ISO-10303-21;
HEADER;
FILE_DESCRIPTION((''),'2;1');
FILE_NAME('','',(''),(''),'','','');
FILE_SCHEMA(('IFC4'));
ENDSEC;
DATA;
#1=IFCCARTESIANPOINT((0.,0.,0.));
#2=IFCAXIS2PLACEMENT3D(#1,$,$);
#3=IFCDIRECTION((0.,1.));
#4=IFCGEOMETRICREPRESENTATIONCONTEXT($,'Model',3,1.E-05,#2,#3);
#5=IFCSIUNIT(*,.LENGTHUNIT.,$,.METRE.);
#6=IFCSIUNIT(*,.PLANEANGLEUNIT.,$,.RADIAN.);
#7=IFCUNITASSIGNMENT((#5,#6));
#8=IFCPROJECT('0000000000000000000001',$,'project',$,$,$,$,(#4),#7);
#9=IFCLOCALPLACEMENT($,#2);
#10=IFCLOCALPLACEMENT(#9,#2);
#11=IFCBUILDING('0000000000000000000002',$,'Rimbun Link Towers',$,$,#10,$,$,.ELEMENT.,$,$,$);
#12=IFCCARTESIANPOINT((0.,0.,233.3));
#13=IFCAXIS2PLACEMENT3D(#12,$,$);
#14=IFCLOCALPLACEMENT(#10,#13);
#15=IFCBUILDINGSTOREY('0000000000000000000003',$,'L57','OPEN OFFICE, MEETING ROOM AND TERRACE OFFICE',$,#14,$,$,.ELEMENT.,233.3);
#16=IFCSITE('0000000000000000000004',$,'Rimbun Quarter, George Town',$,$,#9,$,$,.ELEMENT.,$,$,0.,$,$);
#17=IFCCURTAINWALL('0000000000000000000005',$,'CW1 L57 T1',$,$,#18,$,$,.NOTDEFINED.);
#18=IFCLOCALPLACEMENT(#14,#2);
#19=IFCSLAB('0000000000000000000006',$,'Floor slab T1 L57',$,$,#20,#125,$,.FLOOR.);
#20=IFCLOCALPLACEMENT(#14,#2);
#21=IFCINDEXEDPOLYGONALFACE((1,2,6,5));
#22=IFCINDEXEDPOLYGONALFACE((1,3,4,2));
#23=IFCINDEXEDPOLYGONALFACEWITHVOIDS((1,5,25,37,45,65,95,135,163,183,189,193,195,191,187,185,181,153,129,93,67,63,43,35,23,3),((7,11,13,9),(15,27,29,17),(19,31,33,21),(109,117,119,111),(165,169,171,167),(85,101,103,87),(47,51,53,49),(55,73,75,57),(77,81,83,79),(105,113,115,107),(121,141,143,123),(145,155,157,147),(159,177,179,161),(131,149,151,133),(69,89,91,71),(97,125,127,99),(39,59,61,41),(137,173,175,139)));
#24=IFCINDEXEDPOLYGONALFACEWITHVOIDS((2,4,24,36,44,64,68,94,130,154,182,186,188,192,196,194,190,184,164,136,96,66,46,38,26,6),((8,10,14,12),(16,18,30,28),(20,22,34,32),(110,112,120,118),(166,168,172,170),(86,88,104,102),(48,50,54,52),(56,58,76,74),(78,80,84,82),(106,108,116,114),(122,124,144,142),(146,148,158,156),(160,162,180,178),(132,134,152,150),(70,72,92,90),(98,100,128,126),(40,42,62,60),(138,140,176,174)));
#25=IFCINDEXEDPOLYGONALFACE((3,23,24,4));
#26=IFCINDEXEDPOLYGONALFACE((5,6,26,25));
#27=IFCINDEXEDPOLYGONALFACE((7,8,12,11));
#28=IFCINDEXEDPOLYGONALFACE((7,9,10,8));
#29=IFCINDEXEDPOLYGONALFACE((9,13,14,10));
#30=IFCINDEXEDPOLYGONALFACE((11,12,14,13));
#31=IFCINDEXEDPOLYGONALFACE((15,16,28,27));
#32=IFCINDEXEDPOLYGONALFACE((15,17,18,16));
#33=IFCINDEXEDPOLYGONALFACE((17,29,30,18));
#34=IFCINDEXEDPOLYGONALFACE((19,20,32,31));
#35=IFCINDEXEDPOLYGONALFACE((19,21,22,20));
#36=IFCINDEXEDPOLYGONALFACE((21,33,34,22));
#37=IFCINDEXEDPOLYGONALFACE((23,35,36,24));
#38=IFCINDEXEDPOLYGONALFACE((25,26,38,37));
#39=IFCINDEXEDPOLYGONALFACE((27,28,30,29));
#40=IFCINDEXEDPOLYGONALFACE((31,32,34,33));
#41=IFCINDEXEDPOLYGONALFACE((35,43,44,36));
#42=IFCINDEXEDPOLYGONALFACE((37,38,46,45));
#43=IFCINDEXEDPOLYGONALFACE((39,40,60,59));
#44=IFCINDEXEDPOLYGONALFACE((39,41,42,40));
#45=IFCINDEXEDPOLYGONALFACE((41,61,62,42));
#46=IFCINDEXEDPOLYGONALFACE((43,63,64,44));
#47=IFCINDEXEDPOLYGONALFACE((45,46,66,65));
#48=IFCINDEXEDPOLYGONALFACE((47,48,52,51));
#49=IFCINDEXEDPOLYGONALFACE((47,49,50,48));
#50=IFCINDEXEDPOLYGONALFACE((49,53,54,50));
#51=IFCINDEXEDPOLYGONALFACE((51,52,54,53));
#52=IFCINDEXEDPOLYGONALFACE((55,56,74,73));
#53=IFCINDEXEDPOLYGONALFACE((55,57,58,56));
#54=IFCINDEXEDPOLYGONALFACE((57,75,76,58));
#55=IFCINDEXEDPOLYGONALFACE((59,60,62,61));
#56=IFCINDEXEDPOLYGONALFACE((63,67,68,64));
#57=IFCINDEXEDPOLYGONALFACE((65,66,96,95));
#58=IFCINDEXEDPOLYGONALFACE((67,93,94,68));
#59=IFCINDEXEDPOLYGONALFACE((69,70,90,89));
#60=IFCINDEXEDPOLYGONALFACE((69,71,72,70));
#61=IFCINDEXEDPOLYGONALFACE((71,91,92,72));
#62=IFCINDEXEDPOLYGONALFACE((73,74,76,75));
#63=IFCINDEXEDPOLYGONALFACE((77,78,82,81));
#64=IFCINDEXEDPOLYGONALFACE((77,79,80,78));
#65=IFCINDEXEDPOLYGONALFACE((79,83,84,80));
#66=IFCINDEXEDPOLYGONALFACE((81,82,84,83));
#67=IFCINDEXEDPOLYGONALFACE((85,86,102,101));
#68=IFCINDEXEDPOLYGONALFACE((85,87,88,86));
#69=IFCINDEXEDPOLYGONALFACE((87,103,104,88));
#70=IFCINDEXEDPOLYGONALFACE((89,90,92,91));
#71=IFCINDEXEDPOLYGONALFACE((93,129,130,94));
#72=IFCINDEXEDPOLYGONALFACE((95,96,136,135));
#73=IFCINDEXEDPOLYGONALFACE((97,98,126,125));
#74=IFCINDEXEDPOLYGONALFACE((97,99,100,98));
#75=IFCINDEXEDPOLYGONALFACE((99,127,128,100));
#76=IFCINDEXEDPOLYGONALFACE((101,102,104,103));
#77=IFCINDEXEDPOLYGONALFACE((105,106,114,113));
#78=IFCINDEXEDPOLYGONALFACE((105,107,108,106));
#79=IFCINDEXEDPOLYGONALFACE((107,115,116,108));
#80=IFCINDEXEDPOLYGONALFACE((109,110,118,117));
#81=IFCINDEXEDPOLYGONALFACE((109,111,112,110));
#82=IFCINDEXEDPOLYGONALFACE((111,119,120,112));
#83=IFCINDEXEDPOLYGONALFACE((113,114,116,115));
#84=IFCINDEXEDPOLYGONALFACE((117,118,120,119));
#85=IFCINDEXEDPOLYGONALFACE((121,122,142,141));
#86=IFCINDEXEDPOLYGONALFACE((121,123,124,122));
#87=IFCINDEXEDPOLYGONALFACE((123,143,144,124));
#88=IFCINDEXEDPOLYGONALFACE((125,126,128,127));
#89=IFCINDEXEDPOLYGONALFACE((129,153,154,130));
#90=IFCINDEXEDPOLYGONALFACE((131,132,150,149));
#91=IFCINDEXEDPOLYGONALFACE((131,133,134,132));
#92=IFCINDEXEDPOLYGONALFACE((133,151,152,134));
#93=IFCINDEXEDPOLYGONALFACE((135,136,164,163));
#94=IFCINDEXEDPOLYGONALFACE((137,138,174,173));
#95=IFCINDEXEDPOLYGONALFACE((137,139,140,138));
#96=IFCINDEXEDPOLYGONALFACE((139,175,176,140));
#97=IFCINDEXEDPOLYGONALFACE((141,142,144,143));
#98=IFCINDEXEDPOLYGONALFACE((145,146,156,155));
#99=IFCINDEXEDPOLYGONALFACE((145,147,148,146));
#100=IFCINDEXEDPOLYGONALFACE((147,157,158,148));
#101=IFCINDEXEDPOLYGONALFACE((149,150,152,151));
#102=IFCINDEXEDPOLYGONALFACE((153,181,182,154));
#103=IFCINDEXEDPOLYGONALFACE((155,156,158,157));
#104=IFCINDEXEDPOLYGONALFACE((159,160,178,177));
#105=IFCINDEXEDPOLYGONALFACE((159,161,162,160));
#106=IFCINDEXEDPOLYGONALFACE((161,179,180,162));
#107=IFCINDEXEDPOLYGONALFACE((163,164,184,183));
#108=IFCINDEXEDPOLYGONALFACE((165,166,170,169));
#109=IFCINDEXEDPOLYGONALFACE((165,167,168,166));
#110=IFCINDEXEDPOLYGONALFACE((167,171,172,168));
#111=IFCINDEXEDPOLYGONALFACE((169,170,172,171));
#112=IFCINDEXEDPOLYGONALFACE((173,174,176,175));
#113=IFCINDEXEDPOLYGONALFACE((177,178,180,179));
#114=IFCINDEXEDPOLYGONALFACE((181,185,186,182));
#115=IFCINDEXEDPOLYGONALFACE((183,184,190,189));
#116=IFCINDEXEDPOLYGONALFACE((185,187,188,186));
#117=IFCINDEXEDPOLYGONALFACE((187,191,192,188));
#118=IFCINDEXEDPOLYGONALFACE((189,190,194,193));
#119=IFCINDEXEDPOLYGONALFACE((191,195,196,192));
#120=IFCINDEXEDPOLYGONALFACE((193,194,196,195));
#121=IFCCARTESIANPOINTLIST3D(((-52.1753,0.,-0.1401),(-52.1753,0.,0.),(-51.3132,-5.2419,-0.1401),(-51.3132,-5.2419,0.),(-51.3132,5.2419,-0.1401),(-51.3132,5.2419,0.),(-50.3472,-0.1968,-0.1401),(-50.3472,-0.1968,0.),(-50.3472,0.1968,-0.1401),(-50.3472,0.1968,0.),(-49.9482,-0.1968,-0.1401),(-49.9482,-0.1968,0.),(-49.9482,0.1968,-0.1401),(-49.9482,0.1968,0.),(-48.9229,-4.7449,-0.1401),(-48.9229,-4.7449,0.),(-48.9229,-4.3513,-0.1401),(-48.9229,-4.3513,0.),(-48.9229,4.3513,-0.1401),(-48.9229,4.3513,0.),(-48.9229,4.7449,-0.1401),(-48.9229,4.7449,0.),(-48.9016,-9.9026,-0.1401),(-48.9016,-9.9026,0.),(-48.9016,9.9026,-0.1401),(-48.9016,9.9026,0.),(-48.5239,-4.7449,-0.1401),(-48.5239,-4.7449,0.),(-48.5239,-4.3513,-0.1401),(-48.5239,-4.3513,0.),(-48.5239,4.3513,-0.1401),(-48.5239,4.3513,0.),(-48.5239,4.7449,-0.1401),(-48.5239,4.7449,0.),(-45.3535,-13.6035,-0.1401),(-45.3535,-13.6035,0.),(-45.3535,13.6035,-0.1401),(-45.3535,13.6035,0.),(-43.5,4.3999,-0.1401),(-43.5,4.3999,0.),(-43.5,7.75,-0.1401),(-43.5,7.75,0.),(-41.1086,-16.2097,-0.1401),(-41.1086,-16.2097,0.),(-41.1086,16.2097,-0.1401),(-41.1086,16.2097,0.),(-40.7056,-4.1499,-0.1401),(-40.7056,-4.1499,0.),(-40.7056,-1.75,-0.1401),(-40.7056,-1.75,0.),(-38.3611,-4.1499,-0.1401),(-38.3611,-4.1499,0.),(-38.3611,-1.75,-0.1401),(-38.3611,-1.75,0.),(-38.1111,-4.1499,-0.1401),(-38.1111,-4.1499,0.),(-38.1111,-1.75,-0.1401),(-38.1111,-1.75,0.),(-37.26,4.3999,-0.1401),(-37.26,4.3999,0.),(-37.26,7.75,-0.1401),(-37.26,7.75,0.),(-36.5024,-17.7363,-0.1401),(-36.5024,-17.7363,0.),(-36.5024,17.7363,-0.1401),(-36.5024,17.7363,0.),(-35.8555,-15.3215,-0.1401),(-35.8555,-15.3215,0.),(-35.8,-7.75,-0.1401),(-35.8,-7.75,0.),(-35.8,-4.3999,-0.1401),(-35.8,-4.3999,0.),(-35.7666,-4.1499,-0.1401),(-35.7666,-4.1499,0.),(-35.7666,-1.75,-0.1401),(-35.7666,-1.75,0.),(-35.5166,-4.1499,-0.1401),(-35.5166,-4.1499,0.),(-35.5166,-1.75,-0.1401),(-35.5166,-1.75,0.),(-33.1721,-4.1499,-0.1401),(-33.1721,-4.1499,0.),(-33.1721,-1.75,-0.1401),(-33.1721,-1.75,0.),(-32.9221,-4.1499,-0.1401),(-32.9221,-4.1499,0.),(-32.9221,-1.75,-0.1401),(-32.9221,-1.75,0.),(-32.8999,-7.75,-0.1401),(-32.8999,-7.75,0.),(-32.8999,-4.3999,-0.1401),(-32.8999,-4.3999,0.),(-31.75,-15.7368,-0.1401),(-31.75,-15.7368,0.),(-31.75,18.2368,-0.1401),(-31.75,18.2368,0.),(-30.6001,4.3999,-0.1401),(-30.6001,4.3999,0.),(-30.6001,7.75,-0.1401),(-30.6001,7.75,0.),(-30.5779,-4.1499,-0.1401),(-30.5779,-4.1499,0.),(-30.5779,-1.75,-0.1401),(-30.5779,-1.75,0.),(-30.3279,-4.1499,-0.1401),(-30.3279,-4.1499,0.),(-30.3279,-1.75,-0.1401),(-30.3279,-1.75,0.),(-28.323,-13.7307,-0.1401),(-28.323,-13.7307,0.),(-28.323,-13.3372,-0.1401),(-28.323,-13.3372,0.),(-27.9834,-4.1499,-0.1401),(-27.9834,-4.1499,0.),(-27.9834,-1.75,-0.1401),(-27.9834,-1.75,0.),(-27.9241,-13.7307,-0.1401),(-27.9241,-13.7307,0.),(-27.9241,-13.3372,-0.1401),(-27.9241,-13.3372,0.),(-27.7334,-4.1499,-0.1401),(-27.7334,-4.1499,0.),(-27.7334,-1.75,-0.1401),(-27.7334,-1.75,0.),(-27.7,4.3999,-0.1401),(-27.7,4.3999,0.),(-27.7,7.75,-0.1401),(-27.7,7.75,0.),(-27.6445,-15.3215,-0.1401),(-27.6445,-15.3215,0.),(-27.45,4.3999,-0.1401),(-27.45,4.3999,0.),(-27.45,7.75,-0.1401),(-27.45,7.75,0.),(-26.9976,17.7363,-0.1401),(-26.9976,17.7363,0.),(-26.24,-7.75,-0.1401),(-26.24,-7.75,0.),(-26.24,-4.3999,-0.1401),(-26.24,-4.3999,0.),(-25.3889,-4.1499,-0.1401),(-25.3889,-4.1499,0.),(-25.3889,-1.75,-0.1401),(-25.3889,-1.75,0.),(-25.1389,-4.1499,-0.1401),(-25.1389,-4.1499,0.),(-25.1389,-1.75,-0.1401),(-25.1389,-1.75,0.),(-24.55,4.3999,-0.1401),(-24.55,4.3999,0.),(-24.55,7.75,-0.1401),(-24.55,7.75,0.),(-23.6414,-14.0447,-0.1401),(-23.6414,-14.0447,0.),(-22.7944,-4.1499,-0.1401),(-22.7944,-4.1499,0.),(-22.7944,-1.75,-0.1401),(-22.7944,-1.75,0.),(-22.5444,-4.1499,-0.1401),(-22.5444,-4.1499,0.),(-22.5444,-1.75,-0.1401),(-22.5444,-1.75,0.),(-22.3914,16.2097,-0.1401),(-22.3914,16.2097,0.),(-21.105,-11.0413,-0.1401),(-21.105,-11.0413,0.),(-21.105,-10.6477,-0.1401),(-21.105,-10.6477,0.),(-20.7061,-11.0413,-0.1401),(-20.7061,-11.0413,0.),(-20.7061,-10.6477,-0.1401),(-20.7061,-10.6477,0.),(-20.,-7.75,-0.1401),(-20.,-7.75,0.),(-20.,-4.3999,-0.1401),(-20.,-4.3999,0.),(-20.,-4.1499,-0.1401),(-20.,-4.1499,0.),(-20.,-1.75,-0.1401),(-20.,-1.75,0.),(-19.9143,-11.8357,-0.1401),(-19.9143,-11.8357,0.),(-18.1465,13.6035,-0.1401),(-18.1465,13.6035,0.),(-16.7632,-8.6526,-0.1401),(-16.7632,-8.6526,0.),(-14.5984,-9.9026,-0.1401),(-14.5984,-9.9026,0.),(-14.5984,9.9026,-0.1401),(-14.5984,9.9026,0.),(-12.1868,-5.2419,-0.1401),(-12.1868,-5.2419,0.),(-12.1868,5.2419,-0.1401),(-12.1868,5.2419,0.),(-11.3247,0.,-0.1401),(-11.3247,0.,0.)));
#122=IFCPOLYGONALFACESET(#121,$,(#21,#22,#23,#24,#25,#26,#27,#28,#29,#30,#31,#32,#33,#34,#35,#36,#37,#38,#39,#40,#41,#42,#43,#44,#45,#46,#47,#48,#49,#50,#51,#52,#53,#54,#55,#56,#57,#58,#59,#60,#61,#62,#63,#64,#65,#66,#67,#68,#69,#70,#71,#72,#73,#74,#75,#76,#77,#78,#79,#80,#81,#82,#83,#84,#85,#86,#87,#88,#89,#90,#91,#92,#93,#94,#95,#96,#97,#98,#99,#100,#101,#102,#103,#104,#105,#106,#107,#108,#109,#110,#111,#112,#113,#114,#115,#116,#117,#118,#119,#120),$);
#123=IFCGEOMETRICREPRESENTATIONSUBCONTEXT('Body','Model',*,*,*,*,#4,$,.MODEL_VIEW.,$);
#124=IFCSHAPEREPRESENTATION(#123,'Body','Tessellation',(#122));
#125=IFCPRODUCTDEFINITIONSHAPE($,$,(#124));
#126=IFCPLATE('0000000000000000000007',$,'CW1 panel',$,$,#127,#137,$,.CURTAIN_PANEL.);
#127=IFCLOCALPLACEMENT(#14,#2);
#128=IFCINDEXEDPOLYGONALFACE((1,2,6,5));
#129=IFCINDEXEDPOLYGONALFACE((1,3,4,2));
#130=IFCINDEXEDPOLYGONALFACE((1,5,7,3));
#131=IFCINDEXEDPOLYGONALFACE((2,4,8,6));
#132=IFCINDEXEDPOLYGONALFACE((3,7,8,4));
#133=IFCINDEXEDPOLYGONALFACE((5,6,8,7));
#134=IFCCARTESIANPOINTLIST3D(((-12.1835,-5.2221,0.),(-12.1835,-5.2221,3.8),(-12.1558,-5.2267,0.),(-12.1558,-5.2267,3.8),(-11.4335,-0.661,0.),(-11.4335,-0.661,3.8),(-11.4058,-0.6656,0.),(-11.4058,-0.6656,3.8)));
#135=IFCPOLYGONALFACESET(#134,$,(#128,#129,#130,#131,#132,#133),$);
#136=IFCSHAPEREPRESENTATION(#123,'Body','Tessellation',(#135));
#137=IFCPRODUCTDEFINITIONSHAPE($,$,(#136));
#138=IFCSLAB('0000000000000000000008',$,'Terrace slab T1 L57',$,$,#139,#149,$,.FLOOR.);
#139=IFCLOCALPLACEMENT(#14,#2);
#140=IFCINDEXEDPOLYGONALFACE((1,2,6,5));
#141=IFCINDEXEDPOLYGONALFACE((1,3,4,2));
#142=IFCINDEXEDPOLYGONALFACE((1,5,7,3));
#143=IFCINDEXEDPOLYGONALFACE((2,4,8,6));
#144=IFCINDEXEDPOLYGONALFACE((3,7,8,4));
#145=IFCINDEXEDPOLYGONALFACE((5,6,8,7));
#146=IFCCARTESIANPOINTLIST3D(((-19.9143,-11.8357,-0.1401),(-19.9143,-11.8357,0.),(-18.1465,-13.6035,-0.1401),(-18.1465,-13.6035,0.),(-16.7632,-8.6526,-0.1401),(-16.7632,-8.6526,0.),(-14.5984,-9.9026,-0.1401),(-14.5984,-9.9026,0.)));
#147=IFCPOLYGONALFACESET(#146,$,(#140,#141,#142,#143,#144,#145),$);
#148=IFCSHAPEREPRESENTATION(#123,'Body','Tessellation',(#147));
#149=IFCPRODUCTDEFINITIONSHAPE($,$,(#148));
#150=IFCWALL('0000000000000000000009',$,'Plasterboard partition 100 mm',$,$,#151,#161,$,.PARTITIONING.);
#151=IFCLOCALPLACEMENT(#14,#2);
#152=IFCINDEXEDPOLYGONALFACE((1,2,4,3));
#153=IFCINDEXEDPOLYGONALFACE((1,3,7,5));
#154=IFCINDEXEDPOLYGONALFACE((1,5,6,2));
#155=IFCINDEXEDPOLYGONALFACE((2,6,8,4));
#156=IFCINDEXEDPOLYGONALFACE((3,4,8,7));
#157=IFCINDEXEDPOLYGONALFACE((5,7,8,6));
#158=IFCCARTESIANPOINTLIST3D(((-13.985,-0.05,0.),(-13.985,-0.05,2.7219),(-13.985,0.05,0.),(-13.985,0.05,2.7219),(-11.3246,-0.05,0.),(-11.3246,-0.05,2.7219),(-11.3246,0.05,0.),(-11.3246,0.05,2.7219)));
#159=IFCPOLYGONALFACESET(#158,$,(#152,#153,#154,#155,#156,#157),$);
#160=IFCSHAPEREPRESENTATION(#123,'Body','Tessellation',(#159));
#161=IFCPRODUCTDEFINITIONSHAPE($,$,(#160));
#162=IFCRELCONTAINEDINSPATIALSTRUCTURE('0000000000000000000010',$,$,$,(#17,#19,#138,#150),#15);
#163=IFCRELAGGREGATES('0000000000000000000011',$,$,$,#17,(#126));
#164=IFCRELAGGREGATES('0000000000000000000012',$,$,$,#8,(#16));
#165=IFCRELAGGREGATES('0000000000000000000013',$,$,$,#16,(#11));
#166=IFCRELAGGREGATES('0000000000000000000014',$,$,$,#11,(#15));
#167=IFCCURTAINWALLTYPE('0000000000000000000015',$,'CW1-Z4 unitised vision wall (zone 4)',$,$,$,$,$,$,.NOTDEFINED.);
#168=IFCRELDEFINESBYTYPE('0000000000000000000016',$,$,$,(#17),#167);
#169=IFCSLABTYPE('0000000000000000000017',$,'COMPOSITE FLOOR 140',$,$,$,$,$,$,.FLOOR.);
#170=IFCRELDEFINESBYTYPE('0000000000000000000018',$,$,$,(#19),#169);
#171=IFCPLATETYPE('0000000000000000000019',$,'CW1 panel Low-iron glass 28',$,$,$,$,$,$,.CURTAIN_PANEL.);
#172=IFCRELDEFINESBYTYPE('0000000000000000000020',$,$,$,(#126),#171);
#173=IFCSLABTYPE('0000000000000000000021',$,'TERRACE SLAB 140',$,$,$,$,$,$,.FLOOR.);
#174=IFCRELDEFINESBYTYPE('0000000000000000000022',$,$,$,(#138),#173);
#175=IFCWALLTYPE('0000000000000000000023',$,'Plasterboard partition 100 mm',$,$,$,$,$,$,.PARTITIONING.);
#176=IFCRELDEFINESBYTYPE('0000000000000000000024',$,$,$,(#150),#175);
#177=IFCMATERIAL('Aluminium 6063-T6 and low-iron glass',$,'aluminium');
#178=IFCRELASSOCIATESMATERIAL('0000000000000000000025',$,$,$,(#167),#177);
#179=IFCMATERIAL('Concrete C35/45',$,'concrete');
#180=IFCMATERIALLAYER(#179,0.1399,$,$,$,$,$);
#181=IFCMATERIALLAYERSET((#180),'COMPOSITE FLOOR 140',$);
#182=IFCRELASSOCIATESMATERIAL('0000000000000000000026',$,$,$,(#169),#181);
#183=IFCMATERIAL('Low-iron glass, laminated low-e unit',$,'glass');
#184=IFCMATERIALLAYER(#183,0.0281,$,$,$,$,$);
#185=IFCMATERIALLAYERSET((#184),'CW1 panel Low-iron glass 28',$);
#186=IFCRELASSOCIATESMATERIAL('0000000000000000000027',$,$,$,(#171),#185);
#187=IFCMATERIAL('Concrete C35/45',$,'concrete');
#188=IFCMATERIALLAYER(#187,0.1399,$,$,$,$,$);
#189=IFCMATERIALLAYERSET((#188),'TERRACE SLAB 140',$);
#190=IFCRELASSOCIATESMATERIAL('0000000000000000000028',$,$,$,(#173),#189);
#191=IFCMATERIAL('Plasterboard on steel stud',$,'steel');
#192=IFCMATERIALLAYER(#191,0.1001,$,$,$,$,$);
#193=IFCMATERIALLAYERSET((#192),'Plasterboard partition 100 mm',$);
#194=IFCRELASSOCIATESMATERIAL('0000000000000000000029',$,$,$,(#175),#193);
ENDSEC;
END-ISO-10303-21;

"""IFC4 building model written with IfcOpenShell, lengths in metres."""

from ifc_helpers import new_model, si_unit, direction, frame, frame_2d, origin, origin_2d, place, context, subcontext, project, spatial, polyline, rectangle, outline, extrude, material, layer, layer_set, type_object, element, aggregate, save


model = new_model("IFC4")

# Units and contexts
model_context = context("Model", 3, precision=1e-05, world=origin(), true_north=direction((0.0, 1.0)))
body_context = subcontext(model_context, "Body", "Model", "MODEL_VIEW")
ifc_project = project(units=[si_unit("LENGTHUNIT", "METRE"), si_unit("PLANEANGLEUNIT", "RADIAN")], contexts=[model_context])

# Site, building, storey
site_placement = place(None, origin())
site = spatial("IfcSite", under=ifc_project, at=site_placement, Name="Rimbun Quarter, George Town", CompositionType="ELEMENT", RefElevation=0.0)
building_placement = place(site_placement, origin())
building = spatial("IfcBuilding", under=site, at=building_placement, Name="Rimbun Link Towers", CompositionType="ELEMENT")
storey_placement = place(building_placement, frame((0.0, 0.0, 233.3)))
storey = spatial("IfcBuildingStorey", under=building, at=storey_placement, Name="L57", Description="OPEN OFFICE, MEETING ROOM AND TERRACE OFFICE", CompositionType="ELEMENT", Elevation=233.3)

# Curtain wall
ifc_material_1 = material(Name="Aluminium 6063-T6 and low-iron glass", Category="aluminium")
curtain_wall_type = type_object("IfcCurtainWallType", Name="CW1-Z4 unitised vision wall (zone 4)", PredefinedType="NOTDEFINED", material=ifc_material_1)
curtain_wall_placement = place(storey_placement, origin())
curtain_wall = element("IfcCurtainWall", 1, at=curtain_wall_placement, inside=storey, type_object=curtain_wall_type, Name="CW1 L57 T1", PredefinedType="NOTDEFINED")

# Slab
ifc_material_2 = material(Name="Concrete C35/45", Category="concrete")
ifc_layer_1 = layer(ifc_material_2, 0.1399)
ifc_layer_set_1 = layer_set([ifc_layer_1], Name="COMPOSITE FLOOR 140")
slab_type_1 = type_object("IfcSlabType", Name="COMPOSITE FLOOR 140", PredefinedType="FLOOR", material=ifc_layer_set_1)
slab_1_placement = place(storey_placement, frame((0.0, 0.0, -0.1401)))
element("IfcSlab", 2, at=slab_1_placement, inside=storey, type_object=slab_type_1, Name="Floor slab T1 L57", PredefinedType="FLOOR", context=body_context, shape_type="SweptSolid", body=[
    extrude(outline(polyline([(-41.1086, -16.2097), (-45.3535, -13.6035), (-48.9016, -9.9026), (-51.3132, -5.2419), (-52.1753, 0.0), (-51.3132, 5.2419), (-48.9016, 9.9026), (-45.3535, 13.6035), (-41.1086, 16.2097), (-36.5024, 17.7363), (-31.75, 18.2368), (-26.9976, 17.7363), (-22.3914, 16.2097), (-18.1465, 13.6035), (-14.5984, 9.9026), (-12.1868, 5.2419), (-11.3247, 0.0), (-12.1868, -5.2419), (-14.5984, -9.9026), (-16.7632, -8.6526), (-19.9143, -11.8357), (-23.6414, -14.0447), (-27.6445, -15.3215), (-31.75, -15.7368), (-35.8555, -15.3215), (-36.5024, -17.7363), (-41.1086, -16.2097)]), holes=[polyline([(-32.8999, -7.75), (-32.8999, -4.3999), (-35.8, -4.3999), (-35.8, -7.75), (-32.8999, -7.75)]), polyline([(-48.5239, -4.7449), (-48.5239, -4.3513), (-48.9229, -4.3513), (-48.9229, -4.7449), (-48.5239, -4.7449)]), polyline([(-38.3611, -4.1499), (-38.3611, -1.75), (-40.7056, -1.75), (-40.7056, -4.1499), (-38.3611, -4.1499)]), polyline([(-35.7666, -4.1499), (-35.7666, -1.75), (-38.1111, -1.75), (-38.1111, -4.1499), (-35.7666, -4.1499)]), polyline([(-33.1721, -4.1499), (-33.1721, -1.75), (-35.5166, -1.75), (-35.5166, -4.1499), (-33.1721, -4.1499)]), polyline([(-30.5779, -4.1499), (-30.5779, -1.75), (-32.9221, -1.75), (-32.9221, -4.1499), (-30.5779, -4.1499)]), polyline([(-49.9482, -0.1968), (-49.9482, 0.1968), (-50.3472, 0.1968), (-50.3472, -0.1968), (-49.9482, -0.1968)]), polyline([(-48.9229, 4.3513), (-48.5239, 4.3513), (-48.5239, 4.7449), (-48.9229, 4.7449), (-48.9229, 4.3513)]), polyline([(-43.5, 4.3999), (-37.26, 4.3999), (-37.26, 7.75), (-43.5, 7.75), (-43.5, 4.3999)]), polyline([(-27.9241, -13.7307), (-27.9241, -13.3372), (-28.323, -13.3372), (-28.323, -13.7307), (-27.9241, -13.7307)]), polyline([(-20.7061, -11.0413), (-20.7061, -10.6477), (-21.105, -10.6477), (-21.105, -11.0413), (-20.7061, -11.0413)]), polyline([(-20.0, -7.75), (-20.0, -4.3999), (-26.24, -4.3999), (-26.24, -7.75), (-20.0, -7.75)]), polyline([(-27.9834, -4.1499), (-27.9834, -1.75), (-30.3279, -1.75), (-30.3279, -4.1499), (-27.9834, -4.1499)]), polyline([(-25.3889, -4.1499), (-25.3889, -1.75), (-27.7334, -1.75), (-27.7334, -4.1499), (-25.3889, -4.1499)]), polyline([(-22.7944, -4.1499), (-22.7944, -1.75), (-25.1389, -1.75), (-25.1389, -4.1499), (-22.7944, -4.1499)]), polyline([(-20.0, -4.1499), (-20.0, -1.75), (-22.5444, -1.75), (-22.5444, -4.1499), (-20.0, -4.1499)]), polyline([(-30.6001, 4.3999), (-27.7, 4.3999), (-27.7, 7.75), (-30.6001, 7.75), (-30.6001, 4.3999)]), polyline([(-27.45, 4.3999), (-24.55, 4.3999), (-24.55, 7.75), (-27.45, 7.75), (-27.45, 4.3999)])]), origin(), (0.0, 0.0, 1.0), 0.1401),
])

# Plate
ifc_material_3 = material(Name="Low-iron glass, laminated low-e unit", Category="glass")
ifc_layer_2 = layer(ifc_material_3, 0.0281)
ifc_layer_set_2 = layer_set([ifc_layer_2], Name="CW1 panel Low-iron glass 28")
plate_type = type_object("IfcPlateType", Name="CW1 panel Low-iron glass 28", PredefinedType="CURTAIN_PANEL", material=ifc_layer_set_2)
plate_placement = place(storey_placement, frame((-11.7947, -2.9438, 0.0), z_axis=(0.0, 0.0, 1.0), x_axis=(-0.162262, -0.986748, 0.0)))
plate = element("IfcPlate", 3, at=plate_placement, type_object=plate_type, Name="CW1 panel", PredefinedType="CURTAIN_PANEL", context=body_context, shape_type="SweptSolid", body=[
    extrude(rectangle(XDim=4.6223, YDim=0.0281, at=origin_2d()), origin(), (0.0, 0.0, 1.0), 3.8),
])
aggregate(curtain_wall, [plate])

# Slab
ifc_material_4 = material(Name="Concrete C35/45", Category="concrete")
ifc_layer_3 = layer(ifc_material_4, 0.1399)
ifc_layer_set_3 = layer_set([ifc_layer_3], Name="TERRACE SLAB 140")
slab_type_2 = type_object("IfcSlabType", Name="TERRACE SLAB 140", PredefinedType="FLOOR", material=ifc_layer_set_3)
slab_2_placement = place(storey_placement, frame((0.0, 0.0, -0.1401)))
element("IfcSlab", 4, at=slab_2_placement, inside=storey, type_object=slab_type_2, Name="Terrace slab T1 L57", PredefinedType="FLOOR", context=body_context, shape_type="SweptSolid", body=[
    extrude(outline(polyline([(-19.9143, -11.8357), (-16.7632, -8.6526), (-14.5984, -9.9026), (-18.1465, -13.6035), (-19.9143, -11.8357)])), origin(), (0.0, 0.0, 1.0), 0.1401),
])

# Wall
ifc_material_5 = material(Name="Plasterboard on steel stud", Category="steel")
ifc_layer_4 = layer(ifc_material_5, 0.1001)
ifc_layer_set_4 = layer_set([ifc_layer_4], Name="Plasterboard partition 100 mm")
wall_type = type_object("IfcWallType", Name="Plasterboard partition 100 mm", PredefinedType="PARTITIONING", material=ifc_layer_set_4)
wall_placement = place(storey_placement, frame((-11.3247, 0.0, 0.0), z_axis=(0.0, 0.0, 1.0), x_axis=(-1.0, 0.0, 0.0)))
element("IfcWall", 5, at=wall_placement, inside=storey, type_object=wall_type, Name="Plasterboard partition 100 mm", PredefinedType="PARTITIONING", context=body_context, shape_type="SweptSolid", body=[
    extrude(rectangle(XDim=2.6604, YDim=0.1001, at=frame_2d((1.3301, 0.0))), origin(), (0.0, 0.0, 1.0), 2.7219),
])

save(model, "model.ifc")
